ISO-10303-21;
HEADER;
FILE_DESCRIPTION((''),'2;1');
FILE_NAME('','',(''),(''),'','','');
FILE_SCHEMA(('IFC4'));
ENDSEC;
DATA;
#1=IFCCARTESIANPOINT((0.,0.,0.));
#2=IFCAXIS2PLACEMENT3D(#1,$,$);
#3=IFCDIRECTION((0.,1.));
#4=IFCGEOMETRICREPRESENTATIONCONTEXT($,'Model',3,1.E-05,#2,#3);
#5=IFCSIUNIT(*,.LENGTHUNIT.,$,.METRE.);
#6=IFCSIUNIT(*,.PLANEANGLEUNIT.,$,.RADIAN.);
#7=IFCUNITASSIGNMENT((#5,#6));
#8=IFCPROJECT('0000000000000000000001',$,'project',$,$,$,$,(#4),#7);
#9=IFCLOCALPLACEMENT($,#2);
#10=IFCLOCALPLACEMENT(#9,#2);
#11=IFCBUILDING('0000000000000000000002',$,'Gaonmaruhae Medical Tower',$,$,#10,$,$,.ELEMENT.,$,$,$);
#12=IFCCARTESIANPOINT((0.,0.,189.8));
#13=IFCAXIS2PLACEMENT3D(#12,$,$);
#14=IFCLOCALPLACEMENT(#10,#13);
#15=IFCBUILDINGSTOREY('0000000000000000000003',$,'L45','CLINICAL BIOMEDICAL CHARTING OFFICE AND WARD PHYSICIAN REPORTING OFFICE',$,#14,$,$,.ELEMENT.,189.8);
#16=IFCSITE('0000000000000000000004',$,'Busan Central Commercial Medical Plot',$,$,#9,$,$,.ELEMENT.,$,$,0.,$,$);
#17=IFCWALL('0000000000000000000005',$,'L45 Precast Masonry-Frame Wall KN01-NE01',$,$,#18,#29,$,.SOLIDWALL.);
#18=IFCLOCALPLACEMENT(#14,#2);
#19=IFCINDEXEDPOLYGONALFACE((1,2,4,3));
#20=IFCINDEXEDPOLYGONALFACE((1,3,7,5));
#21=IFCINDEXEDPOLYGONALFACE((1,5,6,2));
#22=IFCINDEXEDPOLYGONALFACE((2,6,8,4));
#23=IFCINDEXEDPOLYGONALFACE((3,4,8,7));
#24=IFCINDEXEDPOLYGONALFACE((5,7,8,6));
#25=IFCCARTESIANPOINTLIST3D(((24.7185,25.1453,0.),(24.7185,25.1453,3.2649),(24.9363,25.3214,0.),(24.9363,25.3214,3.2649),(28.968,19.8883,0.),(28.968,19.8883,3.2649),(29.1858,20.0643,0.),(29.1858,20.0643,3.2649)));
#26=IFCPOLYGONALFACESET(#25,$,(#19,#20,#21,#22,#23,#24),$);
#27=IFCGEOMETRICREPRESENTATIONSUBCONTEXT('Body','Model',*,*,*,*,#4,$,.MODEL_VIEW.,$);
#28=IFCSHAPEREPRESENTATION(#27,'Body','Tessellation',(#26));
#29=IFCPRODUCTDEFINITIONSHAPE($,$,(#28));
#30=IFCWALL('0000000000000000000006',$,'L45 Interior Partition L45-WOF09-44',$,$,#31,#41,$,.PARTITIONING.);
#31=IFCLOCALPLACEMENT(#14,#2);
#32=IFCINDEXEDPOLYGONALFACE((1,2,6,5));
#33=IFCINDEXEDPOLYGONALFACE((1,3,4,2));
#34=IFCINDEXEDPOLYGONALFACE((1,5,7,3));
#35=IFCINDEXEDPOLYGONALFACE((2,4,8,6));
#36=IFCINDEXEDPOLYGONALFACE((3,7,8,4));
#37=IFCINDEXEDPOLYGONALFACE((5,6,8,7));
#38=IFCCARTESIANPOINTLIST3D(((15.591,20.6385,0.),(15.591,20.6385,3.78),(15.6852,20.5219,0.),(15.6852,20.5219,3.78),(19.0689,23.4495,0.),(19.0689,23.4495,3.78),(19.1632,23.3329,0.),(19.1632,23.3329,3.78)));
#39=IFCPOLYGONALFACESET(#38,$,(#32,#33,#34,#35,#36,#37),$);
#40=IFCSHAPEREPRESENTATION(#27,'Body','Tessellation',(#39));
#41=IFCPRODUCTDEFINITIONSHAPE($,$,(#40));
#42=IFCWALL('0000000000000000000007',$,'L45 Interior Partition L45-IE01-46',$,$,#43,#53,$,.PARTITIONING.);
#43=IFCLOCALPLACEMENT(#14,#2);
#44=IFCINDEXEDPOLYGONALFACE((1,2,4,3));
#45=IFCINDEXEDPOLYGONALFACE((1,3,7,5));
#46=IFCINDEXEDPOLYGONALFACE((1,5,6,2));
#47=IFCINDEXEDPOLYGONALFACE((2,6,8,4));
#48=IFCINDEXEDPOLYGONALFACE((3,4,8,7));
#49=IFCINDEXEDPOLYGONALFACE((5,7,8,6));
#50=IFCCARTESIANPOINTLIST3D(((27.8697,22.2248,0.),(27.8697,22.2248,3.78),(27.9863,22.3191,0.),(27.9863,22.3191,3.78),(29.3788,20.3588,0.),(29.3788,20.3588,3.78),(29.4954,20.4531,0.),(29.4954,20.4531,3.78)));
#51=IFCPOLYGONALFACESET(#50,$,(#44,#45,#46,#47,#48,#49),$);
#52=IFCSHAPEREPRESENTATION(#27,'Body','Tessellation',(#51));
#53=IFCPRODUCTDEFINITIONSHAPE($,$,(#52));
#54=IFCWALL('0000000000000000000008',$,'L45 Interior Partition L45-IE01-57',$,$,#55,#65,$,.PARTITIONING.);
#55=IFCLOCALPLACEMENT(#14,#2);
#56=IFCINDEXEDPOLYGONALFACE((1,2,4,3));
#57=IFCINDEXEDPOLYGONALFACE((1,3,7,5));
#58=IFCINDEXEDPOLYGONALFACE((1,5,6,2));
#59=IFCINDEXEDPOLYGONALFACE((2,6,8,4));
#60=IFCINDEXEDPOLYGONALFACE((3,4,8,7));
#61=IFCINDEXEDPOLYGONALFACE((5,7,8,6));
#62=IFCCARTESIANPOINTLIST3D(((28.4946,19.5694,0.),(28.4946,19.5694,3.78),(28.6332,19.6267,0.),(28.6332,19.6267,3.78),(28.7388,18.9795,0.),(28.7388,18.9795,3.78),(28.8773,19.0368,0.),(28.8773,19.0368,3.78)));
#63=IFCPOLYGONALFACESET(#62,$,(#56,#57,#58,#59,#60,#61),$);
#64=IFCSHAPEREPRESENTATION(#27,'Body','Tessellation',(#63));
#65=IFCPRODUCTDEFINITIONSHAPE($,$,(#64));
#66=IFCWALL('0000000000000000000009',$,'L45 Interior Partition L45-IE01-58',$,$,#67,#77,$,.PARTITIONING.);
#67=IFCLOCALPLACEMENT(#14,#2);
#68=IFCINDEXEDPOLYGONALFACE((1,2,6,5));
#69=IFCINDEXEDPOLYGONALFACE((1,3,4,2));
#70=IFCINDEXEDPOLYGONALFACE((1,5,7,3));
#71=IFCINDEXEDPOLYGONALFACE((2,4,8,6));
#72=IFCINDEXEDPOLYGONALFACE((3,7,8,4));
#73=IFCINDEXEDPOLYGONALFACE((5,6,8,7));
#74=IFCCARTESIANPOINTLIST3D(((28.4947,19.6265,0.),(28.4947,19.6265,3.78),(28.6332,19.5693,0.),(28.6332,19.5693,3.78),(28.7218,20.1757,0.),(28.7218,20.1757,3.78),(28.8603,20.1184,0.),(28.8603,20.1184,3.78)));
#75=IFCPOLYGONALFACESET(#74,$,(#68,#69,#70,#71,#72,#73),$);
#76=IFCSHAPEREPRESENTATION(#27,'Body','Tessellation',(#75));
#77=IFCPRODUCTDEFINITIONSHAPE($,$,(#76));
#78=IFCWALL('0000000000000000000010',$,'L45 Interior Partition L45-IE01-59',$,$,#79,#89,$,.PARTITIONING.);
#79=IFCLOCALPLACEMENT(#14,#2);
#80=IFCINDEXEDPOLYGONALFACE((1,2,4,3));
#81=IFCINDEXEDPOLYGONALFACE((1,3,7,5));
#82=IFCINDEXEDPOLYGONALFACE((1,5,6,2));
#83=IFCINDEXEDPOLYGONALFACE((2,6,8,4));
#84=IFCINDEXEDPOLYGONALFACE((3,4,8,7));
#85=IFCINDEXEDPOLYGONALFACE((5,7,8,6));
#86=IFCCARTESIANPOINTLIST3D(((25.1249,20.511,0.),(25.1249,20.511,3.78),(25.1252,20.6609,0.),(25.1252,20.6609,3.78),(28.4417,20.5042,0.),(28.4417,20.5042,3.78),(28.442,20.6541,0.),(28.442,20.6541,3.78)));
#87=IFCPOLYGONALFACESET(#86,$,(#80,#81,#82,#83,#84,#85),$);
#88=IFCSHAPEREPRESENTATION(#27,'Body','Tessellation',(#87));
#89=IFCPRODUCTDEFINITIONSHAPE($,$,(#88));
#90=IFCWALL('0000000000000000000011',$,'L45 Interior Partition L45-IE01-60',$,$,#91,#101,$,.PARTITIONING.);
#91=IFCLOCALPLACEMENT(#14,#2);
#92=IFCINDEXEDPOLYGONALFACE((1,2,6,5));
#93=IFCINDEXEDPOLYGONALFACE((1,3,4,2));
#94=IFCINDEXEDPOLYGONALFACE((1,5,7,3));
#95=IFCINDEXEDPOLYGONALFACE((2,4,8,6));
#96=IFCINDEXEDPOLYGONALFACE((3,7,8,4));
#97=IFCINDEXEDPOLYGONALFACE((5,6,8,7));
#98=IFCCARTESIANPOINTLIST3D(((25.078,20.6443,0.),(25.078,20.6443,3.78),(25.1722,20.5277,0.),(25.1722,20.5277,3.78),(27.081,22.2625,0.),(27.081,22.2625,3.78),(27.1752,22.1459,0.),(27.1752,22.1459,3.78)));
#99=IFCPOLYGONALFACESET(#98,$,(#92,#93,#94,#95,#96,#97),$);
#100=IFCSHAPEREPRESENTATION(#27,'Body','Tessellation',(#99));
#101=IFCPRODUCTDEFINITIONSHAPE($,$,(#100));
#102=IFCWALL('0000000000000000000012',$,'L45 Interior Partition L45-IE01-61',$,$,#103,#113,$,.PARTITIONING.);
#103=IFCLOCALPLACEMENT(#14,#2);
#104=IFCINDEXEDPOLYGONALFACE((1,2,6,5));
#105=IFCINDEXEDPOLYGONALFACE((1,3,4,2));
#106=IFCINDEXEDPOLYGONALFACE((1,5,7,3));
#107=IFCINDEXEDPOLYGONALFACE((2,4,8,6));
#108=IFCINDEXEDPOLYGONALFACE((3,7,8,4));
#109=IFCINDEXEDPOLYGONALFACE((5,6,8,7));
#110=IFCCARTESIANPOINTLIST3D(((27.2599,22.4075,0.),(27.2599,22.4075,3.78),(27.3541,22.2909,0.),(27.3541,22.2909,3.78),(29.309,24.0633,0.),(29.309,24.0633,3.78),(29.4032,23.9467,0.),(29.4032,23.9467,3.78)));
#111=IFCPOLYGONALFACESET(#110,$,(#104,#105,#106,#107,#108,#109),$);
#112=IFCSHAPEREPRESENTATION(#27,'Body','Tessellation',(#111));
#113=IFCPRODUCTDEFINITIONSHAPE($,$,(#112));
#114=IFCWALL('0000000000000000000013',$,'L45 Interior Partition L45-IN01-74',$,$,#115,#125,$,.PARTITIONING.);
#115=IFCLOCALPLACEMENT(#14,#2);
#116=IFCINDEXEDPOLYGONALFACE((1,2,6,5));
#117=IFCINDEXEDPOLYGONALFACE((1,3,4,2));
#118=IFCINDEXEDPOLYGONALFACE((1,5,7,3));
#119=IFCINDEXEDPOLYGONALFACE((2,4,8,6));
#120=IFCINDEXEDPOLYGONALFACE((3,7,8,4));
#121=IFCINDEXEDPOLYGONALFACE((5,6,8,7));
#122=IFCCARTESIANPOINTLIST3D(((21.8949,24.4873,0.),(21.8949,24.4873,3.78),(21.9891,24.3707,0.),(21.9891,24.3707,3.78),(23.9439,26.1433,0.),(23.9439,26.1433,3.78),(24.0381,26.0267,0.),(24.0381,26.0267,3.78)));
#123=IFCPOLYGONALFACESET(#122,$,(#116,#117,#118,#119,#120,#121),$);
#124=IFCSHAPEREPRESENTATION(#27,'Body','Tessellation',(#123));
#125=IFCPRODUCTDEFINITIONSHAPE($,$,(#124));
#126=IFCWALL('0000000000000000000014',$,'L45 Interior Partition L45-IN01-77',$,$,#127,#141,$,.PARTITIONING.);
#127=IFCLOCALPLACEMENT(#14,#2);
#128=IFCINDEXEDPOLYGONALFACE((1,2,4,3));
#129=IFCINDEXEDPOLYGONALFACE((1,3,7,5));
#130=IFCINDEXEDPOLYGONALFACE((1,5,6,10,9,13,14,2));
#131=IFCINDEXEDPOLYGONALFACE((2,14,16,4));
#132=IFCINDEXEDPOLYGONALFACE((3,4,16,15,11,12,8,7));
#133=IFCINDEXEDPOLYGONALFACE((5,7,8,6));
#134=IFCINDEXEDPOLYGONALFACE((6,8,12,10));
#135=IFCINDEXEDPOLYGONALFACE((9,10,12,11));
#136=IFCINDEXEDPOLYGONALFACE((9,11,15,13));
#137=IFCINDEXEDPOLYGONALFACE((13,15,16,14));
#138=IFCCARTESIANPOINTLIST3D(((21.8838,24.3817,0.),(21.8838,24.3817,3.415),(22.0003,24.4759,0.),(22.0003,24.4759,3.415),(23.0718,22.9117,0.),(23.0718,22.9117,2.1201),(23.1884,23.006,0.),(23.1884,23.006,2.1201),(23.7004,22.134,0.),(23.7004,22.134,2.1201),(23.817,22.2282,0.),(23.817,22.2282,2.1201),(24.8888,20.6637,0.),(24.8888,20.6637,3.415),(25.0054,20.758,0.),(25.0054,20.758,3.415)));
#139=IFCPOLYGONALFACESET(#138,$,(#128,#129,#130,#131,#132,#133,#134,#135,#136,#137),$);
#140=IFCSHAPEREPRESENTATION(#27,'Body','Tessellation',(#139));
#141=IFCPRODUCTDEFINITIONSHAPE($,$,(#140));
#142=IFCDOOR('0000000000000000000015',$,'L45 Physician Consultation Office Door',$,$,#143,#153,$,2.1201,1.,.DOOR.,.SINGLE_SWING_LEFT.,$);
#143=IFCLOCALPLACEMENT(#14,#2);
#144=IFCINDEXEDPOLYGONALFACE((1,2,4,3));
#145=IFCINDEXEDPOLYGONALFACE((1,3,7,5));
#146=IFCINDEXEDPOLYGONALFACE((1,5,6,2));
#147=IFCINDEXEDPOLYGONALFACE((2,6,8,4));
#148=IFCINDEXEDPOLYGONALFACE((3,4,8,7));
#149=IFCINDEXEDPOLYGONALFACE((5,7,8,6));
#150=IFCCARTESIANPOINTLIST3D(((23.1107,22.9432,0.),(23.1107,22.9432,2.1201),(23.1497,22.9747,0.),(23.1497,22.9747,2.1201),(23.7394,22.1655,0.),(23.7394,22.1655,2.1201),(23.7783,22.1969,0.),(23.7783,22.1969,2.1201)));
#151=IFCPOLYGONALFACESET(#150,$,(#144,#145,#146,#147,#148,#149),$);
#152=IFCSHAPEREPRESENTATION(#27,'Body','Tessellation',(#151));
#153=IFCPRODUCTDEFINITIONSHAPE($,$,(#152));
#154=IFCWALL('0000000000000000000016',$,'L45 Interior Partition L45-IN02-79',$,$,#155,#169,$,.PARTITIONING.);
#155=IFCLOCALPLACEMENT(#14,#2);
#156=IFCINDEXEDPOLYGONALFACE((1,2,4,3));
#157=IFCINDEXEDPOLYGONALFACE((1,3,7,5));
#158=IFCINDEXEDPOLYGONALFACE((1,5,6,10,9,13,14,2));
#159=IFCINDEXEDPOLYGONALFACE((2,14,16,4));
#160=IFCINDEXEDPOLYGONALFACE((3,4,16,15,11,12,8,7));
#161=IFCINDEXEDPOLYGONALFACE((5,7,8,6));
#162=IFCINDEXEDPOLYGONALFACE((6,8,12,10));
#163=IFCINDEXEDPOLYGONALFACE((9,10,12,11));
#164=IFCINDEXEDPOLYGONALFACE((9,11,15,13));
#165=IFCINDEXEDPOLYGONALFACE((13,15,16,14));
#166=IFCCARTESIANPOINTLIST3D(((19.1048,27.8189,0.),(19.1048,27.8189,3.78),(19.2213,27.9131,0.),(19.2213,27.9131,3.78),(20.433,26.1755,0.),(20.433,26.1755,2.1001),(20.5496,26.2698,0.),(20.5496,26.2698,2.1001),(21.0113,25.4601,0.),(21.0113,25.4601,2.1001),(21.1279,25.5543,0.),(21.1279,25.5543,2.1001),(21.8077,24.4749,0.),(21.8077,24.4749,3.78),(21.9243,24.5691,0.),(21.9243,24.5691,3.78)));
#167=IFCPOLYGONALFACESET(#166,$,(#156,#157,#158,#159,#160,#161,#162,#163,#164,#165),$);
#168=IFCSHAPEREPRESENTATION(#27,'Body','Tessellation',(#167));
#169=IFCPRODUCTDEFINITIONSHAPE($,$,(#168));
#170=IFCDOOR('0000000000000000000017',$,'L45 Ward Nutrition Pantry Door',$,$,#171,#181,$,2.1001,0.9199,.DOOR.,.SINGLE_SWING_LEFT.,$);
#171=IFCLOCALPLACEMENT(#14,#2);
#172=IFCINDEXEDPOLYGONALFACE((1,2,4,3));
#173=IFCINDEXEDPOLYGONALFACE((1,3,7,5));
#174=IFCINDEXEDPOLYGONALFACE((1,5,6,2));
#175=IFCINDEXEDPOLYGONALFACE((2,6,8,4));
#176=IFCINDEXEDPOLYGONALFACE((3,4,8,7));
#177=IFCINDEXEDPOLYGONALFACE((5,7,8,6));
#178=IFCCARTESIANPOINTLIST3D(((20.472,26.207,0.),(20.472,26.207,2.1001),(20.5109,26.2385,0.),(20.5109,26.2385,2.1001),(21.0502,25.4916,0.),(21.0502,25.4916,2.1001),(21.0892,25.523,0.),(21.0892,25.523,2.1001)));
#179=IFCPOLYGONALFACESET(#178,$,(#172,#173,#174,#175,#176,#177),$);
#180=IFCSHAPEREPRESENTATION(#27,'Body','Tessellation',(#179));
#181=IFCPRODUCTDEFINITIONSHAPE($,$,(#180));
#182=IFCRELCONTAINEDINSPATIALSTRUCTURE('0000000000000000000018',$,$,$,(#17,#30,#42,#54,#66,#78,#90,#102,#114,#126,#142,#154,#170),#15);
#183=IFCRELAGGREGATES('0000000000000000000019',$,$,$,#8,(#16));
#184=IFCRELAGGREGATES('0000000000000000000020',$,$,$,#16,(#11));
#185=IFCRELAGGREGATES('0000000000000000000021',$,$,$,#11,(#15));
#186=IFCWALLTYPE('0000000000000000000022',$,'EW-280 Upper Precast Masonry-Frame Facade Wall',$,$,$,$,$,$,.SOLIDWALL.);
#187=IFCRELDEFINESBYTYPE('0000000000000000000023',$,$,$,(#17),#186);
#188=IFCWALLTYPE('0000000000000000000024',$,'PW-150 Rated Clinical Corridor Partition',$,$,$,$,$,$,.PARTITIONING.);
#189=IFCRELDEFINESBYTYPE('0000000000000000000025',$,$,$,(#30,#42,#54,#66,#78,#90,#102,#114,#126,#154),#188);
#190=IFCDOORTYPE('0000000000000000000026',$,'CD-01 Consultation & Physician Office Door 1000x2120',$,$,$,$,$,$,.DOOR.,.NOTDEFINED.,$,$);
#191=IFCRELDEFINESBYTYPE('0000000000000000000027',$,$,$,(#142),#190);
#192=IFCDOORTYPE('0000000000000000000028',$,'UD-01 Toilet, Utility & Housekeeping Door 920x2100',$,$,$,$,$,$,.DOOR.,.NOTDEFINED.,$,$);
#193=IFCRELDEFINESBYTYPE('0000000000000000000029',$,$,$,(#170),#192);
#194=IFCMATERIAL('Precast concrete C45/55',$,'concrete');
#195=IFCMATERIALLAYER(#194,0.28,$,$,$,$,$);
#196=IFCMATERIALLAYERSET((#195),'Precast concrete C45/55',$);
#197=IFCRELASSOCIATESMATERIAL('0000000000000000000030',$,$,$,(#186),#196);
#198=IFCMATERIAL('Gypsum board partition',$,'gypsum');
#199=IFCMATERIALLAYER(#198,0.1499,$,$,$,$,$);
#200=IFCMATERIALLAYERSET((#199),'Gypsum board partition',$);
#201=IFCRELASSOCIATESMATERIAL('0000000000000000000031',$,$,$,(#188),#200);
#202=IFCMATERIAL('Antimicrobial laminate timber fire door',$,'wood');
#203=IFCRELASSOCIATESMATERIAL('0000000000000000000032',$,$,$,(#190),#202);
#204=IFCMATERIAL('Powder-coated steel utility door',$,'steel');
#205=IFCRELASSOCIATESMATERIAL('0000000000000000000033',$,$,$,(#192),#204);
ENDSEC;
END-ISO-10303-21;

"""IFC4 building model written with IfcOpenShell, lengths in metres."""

from ifc_helpers import new_model, si_unit, direction, frame, frame_2d, origin, place, context, subcontext, project, spatial, rectangle, extrude, material, layer, layer_set, type_object, element, fill, save


model = new_model("IFC4")

# Units and contexts
model_context = context("Model", 3, precision=1e-05, world=origin(), true_north=direction((0.0, 1.0)))
body_context = subcontext(model_context, "Body", "Model", "MODEL_VIEW")
ifc_project = project(units=[si_unit("LENGTHUNIT", "METRE"), si_unit("PLANEANGLEUNIT", "RADIAN")], contexts=[model_context])

# Site, building, storey
site_placement = place(None, origin())
site = spatial("IfcSite", under=ifc_project, at=site_placement, Name="Busan Central Commercial Medical Plot", CompositionType="ELEMENT", RefElevation=0.0)
building_placement = place(site_placement, origin())
building = spatial("IfcBuilding", under=site, at=building_placement, Name="Gaonmaruhae Medical Tower", CompositionType="ELEMENT")
storey_placement = place(building_placement, frame((0.0, 0.0, 189.8)))
storey = spatial("IfcBuildingStorey", under=building, at=storey_placement, Name="L45", Description="CLINICAL BIOMEDICAL CHARTING OFFICE AND WARD PHYSICIAN REPORTING OFFICE", CompositionType="ELEMENT", Elevation=189.8)

# Walls
ifc_material_1 = material(Name="Precast concrete C45/55", Category="concrete")
ifc_layer_1 = layer(ifc_material_1, 0.28)
ifc_layer_set_1 = layer_set([ifc_layer_1], Name="Precast concrete C45/55")
wall_type_1 = type_object("IfcWallType", Name="EW-280 Upper Precast Masonry-Frame Facade Wall", PredefinedType="SOLIDWALL", material=ifc_layer_set_1)
wall_1_placement = place(storey_placement, frame((29.0769, 19.9763, 0.0), z_axis=(0.0, 0.0, 1.0), x_axis=(-0.628642, 0.777695, 0.0)))
element("IfcWall", 1, at=wall_1_placement, inside=storey, type_object=wall_type_1, Name="L45 Precast Masonry-Frame Wall KN01-NE01", PredefinedType="SOLIDWALL", context=body_context, shape_type="SweptSolid", body=[
    extrude(rectangle(XDim=6.7598, YDim=0.28, at=frame_2d((3.3799, 0.0))), origin(), (0.0, 0.0, 1.0), 3.2649),
])
ifc_material_2 = material(Name="Gypsum board partition", Category="gypsum")
ifc_layer_2 = layer(ifc_material_2, 0.1499)
ifc_layer_set_2 = layer_set([ifc_layer_2], Name="Gypsum board partition")
wall_type_2 = type_object("IfcWallType", Name="PW-150 Rated Clinical Corridor Partition", PredefinedType="PARTITIONING", material=ifc_layer_set_2)
wall_2_placement = place(storey_placement, frame((19.116, 23.3911, 0.0), z_axis=(0.0, 0.0, 1.0), x_axis=(-0.777738, -0.628589, 0.0)))
element("IfcWall", 2, at=wall_2_placement, inside=storey, type_object=wall_type_2, Name="L45 Interior Partition L45-WOF09-44", PredefinedType="PARTITIONING", context=body_context, shape_type="SweptSolid", body=[
    extrude(rectangle(XDim=4.4719, YDim=0.1499, at=frame_2d((2.2358, 0.0))), origin(), (0.0, 0.0, 1.0), 3.78),
])
wall_3_placement = place(storey_placement, frame((27.928, 22.272, 0.0), z_axis=(0.0, 0.0, 1.0), x_axis=(0.628818, -0.777553, 0.0)))
element("IfcWall", 3, at=wall_3_placement, inside=storey, type_object=wall_type_2, Name="L45 Interior Partition L45-IE01-46", PredefinedType="PARTITIONING", context=body_context, shape_type="SweptSolid", body=[
    extrude(rectangle(XDim=2.3999, YDim=0.1499, at=frame_2d((1.2, 0.0))), origin(), (0.0, 0.0, 1.0), 3.78),
])
wall_4_placement = place(storey_placement, frame((28.8081, 19.0081, 0.0), z_axis=(0.0, 0.0, 1.0), x_axis=(-0.382442, 0.92398, 0.0)))
element("IfcWall", 4, at=wall_4_placement, inside=storey, type_object=wall_type_2, Name="L45 Interior Partition L45-IE01-57", PredefinedType="PARTITIONING", context=body_context, shape_type="SweptSolid", body=[
    extrude(rectangle(XDim=0.6384, YDim=0.1499, at=frame_2d((0.3193, 0.0))), origin(), (0.0, 0.0, 1.0), 3.78),
])
wall_5_placement = place(storey_placement, frame((28.564, 19.5979, 0.0), z_axis=(0.0, 0.0, 1.0), x_axis=(0.382134, 0.924107, 0.0)))
element("IfcWall", 5, at=wall_5_placement, inside=storey, type_object=wall_type_2, Name="L45 Interior Partition L45-IE01-58", PredefinedType="PARTITIONING", context=body_context, shape_type="SweptSolid", body=[
    extrude(rectangle(XDim=0.5942, YDim=0.1499, at=frame_2d((0.2971, 0.0))), origin(), (0.0, 0.0, 1.0), 3.78),
])
wall_6_placement = place(storey_placement, frame((28.4419, 20.5791, 0.0), z_axis=(0.0, 0.0, 1.0), x_axis=(-0.999998, 0.002061, 0.0)))
element("IfcWall", 6, at=wall_6_placement, inside=storey, type_object=wall_type_2, Name="L45 Interior Partition L45-IE01-59", PredefinedType="PARTITIONING", context=body_context, shape_type="SweptSolid", body=[
    extrude(rectangle(XDim=3.3169, YDim=0.1499, at=frame_2d((1.6584, 0.0))), origin(), (0.0, 0.0, 1.0), 3.78),
])
wall_7_placement = place(storey_placement, frame((25.125, 20.5859, 0.0), z_axis=(0.0, 0.0, 1.0), x_axis=(0.777863, 0.628434, 0.0)))
element("IfcWall", 7, at=wall_7_placement, inside=storey, type_object=wall_type_2, Name="L45 Interior Partition L45-IE01-60", PredefinedType="PARTITIONING", context=body_context, shape_type="SweptSolid", body=[
    extrude(rectangle(XDim=2.575, YDim=0.1499, at=frame_2d((1.2876, 0.0))), origin(), (0.0, 0.0, 1.0), 3.78),
])
for number, where, z_axis, x_axis, name in (
    (8, (27.3069, 22.3491, 0.0), (0.0, 0.0, 1.0), (0.777804, 0.628508, 0.0), "L45 Interior Partition L45-IE01-61"),
    (9, (21.9419, 24.429, 0.0), (0.0, 0.0, 1.0), (0.777758, 0.628564, 0.0), "L45 Interior Partition L45-IN01-74"),
):
    element("IfcWall", number, at=place(storey_placement, frame(where, z_axis=z_axis, x_axis=x_axis)), inside=storey, type_object=wall_type_2, Name=name, PredefinedType="PARTITIONING", context=body_context, shape_type="SweptSolid", body=[
        extrude(rectangle(XDim=2.6345, YDim=0.1499, at=frame_2d((1.3174, 0.0))), origin(), (0.0, 0.0, 1.0), 3.78),
    ])

# Walls, openings, doors
wall_8_placement = place(storey_placement, frame((24.947, 20.7109, 0.0), z_axis=(0.0, 0.0, 1.0), x_axis=(-0.628605, 0.777725, 0.0)))
wall_8 = element("IfcWall", 10, at=wall_8_placement, inside=storey, type_object=wall_type_2, Name="L45 Interior Partition L45-IN01-77", PredefinedType="PARTITIONING", context=body_context, shape_type="SweptSolid", body=[
    extrude(rectangle(XDim=4.7805, YDim=0.1499, at=frame_2d((2.3901, 0.0))), origin(), (0.0, 0.0, 1.0), 3.415),
])
opening_1_placement = place(wall_8_placement, frame((1.8904, 0.0, 0.0)))
opening_1 = element("IfcOpeningElement", 11, at=opening_1_placement, cuts=wall_8, PredefinedType="OPENING", context=body_context, shape_type="SweptSolid", body=[
    extrude(rectangle(XDim=1.0, YDim=2.1201, at=frame_2d((0.5, 1.0601))), frame((0.0, 0.085, 0.0), z_axis=(0.0, -1.0, 0.0), x_axis=(1.0, 0.0, 0.0)), (0.0, 0.0, 1.0), 0.1699),
])
ifc_material_3 = material(Name="Antimicrobial laminate timber fire door", Category="wood")
door_type_1 = type_object("IfcDoorType", Name="CD-01 Consultation & Physician Office Door 1000x2120", OperationType="NOTDEFINED", PredefinedType="DOOR", material=ifc_material_3)
door_1_placement = place(opening_1_placement, origin())
door_1 = element("IfcDoor", 12, at=door_1_placement, inside=storey, type_object=door_type_1, Name="L45 Physician Consultation Office Door", OperationType="SINGLE_SWING_LEFT", OverallHeight=2.1201, OverallWidth=1.0, PredefinedType="DOOR", context=body_context, shape_type="SweptSolid", body=[
    extrude(rectangle(XDim=1.0, YDim=2.1201, at=frame_2d((0.5, 1.0601))), frame((0.0, 0.0249, 0.0), z_axis=(0.0, -1.0, 0.0), x_axis=(1.0, 0.0, 0.0)), (0.0, 0.0, 1.0), 0.05),
])
fill(opening_1, door_1)
wall_9_placement = place(storey_placement, frame((21.866, 24.522, 0.0), z_axis=(0.0, 0.0, 1.0), x_axis=(-0.628613, 0.777718, 0.0)))
wall_9 = element("IfcWall", 13, at=wall_9_placement, inside=storey, type_object=wall_type_2, Name="L45 Interior Partition L45-IN02-79", PredefinedType="PARTITIONING", context=body_context, shape_type="SweptSolid", body=[
    extrude(rectangle(XDim=4.2998, YDim=0.1499, at=frame_2d((2.1499, 0.0))), origin(), (0.0, 0.0, 1.0), 3.78),
])
opening_2_placement = place(wall_9_placement, frame((1.2668, 0.0, 0.0)))
opening_2 = element("IfcOpeningElement", 14, at=opening_2_placement, cuts=wall_9, PredefinedType="OPENING", context=body_context, shape_type="SweptSolid", body=[
    extrude(rectangle(XDim=0.9199, YDim=2.1001, at=frame_2d((0.46, 1.05))), frame((0.0, 0.085, 0.0), z_axis=(0.0, -1.0, 0.0), x_axis=(1.0, 0.0, 0.0)), (0.0, 0.0, 1.0), 0.1699),
])
ifc_material_4 = material(Name="Powder-coated steel utility door", Category="steel")
door_type_2 = type_object("IfcDoorType", Name="UD-01 Toilet, Utility & Housekeeping Door 920x2100", OperationType="NOTDEFINED", PredefinedType="DOOR", material=ifc_material_4)
door_2_placement = place(opening_2_placement, origin())
door_2 = element("IfcDoor", 15, at=door_2_placement, inside=storey, type_object=door_type_2, Name="L45 Ward Nutrition Pantry Door", OperationType="SINGLE_SWING_LEFT", OverallHeight=2.1001, OverallWidth=0.9199, PredefinedType="DOOR", context=body_context, shape_type="SweptSolid", body=[
    extrude(rectangle(XDim=0.9199, YDim=2.1001, at=frame_2d((0.46, 1.05))), frame((0.0, 0.0249, 0.0), z_axis=(0.0, -1.0, 0.0), x_axis=(1.0, 0.0, 0.0)), (0.0, 0.0, 1.0), 0.05),
])
fill(opening_2, door_2)

save(model, "model.ifc")
